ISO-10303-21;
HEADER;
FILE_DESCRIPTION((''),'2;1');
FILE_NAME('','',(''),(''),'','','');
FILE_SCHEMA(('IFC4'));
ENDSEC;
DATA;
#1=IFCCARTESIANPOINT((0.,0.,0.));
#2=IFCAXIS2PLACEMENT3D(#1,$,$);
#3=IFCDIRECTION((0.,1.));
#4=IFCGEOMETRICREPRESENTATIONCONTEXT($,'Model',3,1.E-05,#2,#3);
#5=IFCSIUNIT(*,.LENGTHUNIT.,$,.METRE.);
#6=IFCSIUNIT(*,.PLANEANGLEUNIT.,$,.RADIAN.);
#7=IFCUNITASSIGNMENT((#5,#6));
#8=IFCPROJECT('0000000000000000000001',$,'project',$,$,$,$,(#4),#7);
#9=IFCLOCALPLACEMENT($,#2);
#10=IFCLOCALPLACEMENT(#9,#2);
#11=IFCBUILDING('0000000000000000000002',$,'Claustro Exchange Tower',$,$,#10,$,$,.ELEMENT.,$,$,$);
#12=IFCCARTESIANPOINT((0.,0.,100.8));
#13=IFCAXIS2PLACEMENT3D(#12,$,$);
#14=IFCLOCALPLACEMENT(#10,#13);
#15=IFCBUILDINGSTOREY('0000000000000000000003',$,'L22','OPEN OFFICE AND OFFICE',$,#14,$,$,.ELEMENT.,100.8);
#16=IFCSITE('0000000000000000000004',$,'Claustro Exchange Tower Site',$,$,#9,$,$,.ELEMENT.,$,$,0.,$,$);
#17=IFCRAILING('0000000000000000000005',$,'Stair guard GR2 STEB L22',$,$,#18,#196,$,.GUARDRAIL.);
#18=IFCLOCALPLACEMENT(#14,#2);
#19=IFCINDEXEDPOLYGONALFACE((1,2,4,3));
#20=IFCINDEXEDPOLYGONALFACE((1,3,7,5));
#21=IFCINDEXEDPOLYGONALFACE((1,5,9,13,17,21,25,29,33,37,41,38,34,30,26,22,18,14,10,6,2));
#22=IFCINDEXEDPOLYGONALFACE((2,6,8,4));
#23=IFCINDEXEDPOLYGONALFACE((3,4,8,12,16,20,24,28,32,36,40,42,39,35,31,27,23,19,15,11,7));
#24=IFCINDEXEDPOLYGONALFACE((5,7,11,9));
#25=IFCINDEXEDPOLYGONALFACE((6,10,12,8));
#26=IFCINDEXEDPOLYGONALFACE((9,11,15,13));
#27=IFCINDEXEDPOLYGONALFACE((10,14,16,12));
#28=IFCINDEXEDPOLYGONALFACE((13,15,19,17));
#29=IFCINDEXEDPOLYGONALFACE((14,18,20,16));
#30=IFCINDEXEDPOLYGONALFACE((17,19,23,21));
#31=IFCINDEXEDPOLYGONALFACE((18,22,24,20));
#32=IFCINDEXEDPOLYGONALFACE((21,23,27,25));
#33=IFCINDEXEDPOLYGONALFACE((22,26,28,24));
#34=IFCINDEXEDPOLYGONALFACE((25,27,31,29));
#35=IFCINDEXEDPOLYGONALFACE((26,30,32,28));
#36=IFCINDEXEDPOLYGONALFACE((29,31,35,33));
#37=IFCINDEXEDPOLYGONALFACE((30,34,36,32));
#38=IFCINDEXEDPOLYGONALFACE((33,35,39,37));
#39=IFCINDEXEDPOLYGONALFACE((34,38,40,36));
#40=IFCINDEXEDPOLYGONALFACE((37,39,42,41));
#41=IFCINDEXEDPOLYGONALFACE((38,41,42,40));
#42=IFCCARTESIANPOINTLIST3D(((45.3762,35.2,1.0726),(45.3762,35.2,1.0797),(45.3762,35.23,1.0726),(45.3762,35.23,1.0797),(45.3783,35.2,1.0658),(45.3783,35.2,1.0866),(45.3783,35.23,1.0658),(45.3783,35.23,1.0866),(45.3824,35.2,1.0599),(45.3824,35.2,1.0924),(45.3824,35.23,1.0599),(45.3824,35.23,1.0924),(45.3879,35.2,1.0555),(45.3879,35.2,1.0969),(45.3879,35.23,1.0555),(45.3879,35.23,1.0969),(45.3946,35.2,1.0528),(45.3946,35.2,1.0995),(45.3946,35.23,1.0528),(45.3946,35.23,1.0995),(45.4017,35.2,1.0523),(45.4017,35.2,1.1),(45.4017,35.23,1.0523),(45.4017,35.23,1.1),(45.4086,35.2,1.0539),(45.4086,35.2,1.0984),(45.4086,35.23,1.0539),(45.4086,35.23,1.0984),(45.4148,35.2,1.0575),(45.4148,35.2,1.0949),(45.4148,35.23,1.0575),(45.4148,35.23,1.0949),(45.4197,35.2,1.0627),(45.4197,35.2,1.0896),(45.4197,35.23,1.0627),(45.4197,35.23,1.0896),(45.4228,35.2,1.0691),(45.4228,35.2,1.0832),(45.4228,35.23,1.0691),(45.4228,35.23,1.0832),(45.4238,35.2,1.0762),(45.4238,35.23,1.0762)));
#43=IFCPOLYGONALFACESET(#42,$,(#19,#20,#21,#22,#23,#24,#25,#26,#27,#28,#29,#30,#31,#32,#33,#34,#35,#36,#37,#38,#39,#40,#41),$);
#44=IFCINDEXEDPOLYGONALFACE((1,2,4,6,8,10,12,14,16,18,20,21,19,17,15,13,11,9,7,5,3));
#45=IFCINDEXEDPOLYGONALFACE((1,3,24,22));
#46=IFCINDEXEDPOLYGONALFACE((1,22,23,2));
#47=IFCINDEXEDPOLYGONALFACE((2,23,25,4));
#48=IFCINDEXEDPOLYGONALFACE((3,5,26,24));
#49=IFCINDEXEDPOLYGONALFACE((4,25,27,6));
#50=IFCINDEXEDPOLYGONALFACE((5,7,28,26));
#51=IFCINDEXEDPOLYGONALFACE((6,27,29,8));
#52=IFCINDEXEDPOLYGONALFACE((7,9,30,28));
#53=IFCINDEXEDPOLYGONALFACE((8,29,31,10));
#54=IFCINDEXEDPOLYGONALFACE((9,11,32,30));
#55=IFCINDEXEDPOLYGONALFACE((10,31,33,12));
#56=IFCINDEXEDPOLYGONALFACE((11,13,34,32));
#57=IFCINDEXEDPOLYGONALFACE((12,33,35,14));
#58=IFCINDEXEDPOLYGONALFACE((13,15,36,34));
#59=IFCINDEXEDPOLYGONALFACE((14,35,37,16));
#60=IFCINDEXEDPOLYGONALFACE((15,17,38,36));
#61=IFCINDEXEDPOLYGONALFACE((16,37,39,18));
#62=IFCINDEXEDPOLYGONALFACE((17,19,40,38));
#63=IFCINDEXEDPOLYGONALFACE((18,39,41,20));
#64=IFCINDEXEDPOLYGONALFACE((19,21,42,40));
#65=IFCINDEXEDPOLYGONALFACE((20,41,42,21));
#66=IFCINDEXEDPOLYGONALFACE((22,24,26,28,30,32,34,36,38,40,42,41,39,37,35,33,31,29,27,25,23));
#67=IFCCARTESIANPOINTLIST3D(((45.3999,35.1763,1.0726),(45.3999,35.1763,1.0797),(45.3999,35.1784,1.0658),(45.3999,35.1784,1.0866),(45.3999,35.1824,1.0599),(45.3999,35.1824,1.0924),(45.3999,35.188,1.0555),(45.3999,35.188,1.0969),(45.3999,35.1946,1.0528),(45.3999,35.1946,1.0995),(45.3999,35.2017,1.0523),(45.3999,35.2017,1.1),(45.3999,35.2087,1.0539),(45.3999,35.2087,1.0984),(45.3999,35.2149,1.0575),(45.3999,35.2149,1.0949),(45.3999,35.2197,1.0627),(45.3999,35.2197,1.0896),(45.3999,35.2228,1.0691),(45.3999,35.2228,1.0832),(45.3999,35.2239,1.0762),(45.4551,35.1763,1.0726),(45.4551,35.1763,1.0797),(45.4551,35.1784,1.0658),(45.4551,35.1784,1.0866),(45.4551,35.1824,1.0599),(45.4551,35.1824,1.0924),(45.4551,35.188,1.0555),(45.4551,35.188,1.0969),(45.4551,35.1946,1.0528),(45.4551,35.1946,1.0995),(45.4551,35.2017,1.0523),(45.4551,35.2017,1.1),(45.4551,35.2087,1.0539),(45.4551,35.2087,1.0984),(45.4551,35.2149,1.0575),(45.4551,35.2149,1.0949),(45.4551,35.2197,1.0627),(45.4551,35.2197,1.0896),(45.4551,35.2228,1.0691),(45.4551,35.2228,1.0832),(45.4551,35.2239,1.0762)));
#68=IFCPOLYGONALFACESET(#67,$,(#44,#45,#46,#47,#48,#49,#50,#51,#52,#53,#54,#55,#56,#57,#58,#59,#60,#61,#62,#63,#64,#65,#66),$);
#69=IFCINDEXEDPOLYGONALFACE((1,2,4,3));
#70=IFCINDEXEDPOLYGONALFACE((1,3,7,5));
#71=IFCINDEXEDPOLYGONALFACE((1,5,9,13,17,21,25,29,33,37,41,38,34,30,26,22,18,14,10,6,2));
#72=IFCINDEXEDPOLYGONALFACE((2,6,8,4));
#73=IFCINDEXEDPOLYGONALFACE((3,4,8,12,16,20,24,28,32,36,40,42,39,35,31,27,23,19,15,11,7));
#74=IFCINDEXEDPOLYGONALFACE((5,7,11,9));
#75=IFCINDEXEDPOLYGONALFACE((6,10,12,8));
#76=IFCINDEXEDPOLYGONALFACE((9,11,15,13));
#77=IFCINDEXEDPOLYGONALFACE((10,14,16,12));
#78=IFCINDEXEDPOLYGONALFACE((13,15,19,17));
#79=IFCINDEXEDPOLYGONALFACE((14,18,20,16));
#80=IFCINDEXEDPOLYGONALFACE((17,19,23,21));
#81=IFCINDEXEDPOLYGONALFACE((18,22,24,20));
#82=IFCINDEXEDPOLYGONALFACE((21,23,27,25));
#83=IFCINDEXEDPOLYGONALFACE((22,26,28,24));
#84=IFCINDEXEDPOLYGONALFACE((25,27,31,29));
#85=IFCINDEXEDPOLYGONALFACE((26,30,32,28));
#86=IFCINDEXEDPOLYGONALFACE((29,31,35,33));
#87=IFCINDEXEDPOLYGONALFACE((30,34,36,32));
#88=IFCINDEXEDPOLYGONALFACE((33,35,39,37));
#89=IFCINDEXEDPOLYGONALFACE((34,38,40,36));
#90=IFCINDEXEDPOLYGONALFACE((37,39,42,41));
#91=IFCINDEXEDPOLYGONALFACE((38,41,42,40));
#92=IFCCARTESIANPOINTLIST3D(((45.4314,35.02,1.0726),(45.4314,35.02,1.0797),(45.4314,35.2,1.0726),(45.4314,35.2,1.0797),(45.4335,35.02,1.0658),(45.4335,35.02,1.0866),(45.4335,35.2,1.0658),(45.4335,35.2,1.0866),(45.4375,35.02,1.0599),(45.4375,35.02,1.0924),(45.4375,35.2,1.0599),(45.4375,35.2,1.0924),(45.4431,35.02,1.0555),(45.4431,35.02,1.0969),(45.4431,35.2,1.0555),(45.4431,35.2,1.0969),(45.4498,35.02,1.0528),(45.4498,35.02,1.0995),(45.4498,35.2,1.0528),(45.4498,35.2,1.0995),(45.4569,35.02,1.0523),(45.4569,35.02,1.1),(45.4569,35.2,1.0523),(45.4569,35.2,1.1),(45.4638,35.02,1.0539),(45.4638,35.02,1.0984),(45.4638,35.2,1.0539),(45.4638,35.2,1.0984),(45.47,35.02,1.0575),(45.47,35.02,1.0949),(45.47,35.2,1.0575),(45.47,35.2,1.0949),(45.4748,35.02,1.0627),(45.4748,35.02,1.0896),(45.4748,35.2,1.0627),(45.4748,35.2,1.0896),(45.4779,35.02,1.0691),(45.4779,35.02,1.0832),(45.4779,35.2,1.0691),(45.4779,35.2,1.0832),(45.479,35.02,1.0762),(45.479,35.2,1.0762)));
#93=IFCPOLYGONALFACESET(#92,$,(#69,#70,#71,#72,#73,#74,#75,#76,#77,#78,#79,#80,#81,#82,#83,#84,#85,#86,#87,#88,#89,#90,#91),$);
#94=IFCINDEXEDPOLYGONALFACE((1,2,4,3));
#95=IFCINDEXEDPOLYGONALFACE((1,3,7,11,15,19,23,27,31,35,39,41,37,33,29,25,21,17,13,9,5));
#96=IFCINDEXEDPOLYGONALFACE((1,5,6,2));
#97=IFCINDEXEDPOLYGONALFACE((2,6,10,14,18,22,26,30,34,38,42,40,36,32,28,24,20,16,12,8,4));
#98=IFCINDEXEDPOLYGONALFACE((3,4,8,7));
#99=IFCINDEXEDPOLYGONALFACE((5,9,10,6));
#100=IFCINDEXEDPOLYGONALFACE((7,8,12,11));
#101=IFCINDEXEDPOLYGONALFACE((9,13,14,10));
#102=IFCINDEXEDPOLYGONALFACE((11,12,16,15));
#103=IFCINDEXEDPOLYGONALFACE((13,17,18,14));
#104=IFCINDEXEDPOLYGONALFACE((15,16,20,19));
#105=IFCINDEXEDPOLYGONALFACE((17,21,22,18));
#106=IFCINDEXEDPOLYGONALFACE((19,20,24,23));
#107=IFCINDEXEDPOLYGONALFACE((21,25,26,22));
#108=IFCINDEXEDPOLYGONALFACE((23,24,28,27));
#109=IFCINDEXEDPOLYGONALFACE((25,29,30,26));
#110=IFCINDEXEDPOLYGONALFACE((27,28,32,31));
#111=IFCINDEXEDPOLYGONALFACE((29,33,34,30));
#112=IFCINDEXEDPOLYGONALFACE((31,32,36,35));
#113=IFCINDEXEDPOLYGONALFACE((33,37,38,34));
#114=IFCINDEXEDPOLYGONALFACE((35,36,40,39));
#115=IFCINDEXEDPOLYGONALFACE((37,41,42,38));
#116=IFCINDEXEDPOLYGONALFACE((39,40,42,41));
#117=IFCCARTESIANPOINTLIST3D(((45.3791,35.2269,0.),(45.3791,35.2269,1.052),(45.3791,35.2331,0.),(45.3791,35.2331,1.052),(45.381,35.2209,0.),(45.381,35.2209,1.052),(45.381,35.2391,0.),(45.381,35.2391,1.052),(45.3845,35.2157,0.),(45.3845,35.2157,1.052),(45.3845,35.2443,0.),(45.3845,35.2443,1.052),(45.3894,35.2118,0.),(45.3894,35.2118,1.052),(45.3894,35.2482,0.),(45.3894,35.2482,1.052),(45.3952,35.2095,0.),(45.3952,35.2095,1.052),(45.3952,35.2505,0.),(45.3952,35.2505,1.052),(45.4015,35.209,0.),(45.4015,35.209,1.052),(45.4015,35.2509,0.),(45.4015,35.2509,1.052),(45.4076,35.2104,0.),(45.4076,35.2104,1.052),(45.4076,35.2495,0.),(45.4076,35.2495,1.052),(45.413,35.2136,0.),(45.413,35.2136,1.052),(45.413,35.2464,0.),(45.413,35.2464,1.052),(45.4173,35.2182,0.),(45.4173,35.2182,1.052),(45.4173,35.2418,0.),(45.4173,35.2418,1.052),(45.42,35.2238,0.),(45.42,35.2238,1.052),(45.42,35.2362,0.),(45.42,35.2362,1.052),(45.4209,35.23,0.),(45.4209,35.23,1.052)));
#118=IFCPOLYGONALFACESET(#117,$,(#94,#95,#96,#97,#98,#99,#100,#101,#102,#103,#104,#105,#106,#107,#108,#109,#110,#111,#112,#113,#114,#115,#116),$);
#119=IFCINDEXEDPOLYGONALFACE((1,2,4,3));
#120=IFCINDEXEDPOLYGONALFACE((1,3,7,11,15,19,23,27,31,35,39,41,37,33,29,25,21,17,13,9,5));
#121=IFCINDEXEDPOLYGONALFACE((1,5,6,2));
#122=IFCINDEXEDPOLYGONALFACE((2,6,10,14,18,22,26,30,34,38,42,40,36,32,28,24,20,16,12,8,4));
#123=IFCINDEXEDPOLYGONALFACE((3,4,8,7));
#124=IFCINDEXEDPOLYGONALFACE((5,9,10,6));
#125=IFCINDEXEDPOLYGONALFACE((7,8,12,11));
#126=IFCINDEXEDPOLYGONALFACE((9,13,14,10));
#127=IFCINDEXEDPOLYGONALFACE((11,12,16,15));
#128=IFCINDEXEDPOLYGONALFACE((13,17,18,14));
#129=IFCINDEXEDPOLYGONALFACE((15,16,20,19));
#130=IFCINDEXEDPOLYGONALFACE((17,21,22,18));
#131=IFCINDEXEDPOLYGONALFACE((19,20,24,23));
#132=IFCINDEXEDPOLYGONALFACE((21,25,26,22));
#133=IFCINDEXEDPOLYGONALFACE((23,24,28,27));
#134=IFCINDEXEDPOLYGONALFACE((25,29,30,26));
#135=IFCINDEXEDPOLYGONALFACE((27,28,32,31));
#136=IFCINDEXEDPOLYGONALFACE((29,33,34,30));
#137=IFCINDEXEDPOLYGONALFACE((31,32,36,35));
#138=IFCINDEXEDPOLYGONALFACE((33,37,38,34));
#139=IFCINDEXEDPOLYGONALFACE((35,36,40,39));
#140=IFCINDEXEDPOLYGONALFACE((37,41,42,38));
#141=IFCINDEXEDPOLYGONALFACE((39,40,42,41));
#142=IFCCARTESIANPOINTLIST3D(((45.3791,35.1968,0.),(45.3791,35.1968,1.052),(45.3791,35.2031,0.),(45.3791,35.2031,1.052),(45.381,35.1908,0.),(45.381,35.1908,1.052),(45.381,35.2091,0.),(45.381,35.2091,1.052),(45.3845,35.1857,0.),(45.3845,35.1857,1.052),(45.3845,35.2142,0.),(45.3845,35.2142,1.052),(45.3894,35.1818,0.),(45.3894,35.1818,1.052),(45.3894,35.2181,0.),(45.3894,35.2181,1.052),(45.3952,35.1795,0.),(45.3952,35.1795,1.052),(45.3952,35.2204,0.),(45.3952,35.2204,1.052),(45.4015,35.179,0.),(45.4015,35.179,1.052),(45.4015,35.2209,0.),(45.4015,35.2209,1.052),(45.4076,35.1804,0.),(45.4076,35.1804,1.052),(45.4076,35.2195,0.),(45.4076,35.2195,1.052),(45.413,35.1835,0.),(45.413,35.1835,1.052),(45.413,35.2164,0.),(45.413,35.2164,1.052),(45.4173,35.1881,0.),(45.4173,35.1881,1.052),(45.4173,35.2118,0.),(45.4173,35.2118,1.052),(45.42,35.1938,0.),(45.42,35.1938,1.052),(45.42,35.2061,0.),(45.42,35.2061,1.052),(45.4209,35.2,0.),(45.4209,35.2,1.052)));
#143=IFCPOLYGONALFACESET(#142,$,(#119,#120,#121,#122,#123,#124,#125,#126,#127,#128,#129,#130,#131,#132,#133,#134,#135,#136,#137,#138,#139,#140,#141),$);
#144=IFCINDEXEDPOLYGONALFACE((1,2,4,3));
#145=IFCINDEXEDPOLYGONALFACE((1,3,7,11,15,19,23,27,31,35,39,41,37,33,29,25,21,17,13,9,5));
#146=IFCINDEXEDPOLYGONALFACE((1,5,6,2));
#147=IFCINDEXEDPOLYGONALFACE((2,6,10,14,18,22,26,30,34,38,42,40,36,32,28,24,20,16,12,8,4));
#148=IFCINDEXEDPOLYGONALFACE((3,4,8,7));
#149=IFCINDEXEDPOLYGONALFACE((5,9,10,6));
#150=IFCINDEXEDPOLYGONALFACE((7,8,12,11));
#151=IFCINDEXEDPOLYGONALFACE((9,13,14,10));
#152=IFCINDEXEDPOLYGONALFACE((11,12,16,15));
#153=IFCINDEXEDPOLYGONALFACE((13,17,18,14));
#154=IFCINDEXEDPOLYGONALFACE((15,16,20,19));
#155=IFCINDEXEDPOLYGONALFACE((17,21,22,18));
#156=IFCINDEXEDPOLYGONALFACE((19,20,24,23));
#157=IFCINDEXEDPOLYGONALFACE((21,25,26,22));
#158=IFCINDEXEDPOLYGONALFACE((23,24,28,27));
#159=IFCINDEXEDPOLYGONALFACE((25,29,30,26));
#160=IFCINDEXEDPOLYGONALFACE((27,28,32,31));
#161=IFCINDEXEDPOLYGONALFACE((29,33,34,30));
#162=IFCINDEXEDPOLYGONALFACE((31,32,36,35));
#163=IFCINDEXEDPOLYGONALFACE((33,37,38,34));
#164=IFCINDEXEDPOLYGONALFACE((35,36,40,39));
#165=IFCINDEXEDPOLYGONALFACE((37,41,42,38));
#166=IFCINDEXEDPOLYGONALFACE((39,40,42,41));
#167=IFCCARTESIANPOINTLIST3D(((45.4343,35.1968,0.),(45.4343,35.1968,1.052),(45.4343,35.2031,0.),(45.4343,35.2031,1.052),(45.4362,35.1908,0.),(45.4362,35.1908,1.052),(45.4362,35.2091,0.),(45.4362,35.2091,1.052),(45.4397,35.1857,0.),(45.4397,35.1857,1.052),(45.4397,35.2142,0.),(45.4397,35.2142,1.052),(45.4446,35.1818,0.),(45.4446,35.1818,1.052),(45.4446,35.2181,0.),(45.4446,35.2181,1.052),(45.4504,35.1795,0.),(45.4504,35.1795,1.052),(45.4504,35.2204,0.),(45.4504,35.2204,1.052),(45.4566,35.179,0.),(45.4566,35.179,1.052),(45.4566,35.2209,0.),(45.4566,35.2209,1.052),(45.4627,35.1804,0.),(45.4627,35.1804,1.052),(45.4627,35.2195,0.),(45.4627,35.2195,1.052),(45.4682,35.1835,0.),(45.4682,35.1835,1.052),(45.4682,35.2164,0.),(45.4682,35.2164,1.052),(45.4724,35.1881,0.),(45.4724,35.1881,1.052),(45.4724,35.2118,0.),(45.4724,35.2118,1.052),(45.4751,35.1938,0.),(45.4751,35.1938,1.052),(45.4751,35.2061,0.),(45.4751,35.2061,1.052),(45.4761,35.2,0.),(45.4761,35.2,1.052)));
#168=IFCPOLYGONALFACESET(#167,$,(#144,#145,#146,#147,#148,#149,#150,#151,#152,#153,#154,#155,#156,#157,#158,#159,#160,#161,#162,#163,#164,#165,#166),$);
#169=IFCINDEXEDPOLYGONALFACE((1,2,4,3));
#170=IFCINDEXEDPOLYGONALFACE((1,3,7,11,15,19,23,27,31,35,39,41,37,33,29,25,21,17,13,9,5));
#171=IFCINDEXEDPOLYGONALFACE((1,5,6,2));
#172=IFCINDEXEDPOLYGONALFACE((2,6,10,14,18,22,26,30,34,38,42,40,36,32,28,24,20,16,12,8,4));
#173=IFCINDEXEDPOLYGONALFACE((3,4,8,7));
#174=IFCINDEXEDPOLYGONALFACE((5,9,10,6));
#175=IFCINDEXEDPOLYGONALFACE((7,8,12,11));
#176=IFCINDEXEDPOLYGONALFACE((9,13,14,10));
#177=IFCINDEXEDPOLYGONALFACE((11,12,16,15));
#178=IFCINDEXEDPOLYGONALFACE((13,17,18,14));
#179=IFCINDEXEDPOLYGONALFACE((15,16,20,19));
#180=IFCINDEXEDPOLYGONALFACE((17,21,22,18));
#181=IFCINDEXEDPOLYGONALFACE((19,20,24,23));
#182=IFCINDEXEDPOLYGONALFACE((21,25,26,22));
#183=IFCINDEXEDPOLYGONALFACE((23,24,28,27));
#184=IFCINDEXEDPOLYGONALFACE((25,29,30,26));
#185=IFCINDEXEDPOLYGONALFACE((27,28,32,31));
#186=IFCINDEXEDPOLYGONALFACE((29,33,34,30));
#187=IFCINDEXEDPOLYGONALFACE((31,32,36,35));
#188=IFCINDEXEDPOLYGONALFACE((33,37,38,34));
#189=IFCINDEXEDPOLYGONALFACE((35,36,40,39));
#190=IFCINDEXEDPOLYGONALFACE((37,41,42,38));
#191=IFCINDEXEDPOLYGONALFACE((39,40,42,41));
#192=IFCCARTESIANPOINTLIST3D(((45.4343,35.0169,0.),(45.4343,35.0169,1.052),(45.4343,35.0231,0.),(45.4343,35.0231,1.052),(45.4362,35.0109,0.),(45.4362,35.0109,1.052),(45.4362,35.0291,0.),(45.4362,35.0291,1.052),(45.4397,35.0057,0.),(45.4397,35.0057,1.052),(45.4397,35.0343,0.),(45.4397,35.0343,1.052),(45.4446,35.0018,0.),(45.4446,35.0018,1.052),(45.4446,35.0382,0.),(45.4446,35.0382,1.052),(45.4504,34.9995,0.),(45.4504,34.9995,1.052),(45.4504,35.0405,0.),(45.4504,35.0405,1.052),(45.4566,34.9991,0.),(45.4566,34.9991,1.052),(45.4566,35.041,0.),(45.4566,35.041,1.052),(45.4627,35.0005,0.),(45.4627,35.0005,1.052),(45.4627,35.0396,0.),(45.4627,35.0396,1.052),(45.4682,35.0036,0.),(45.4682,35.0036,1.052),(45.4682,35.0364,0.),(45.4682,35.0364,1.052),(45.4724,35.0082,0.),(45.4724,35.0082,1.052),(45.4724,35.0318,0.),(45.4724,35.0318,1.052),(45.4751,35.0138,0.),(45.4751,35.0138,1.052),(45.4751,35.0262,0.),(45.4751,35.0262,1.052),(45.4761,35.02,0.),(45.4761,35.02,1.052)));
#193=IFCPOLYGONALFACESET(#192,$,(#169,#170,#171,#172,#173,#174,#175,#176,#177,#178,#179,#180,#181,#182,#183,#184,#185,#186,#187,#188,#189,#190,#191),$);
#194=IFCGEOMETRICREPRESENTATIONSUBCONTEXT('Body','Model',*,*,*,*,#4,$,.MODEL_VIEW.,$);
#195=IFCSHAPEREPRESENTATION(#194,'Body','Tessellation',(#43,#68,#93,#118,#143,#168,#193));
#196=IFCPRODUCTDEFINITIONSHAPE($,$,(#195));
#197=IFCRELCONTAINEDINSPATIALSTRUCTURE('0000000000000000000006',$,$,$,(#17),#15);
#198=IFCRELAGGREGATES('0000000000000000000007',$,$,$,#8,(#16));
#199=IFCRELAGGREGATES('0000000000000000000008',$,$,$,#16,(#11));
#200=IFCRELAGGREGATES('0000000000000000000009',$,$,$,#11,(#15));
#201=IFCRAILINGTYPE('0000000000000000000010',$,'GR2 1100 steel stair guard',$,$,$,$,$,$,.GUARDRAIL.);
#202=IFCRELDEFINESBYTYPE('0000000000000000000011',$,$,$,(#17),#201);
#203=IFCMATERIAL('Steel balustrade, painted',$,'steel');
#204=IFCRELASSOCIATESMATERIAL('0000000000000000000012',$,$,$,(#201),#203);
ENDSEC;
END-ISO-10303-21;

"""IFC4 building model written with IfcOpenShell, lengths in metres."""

from ifc_helpers import new_model, si_unit, direction, frame, origin, origin_2d, place, context, subcontext, project, spatial, circle, extrude, material, type_object, element, save


model = new_model("IFC4")

# Units and contexts
model_context = context("Model", 3, precision=1e-05, world=origin(), true_north=direction((0.0, 1.0)))
body_context = subcontext(model_context, "Body", "Model", "MODEL_VIEW")
ifc_project = project(units=[si_unit("LENGTHUNIT", "METRE"), si_unit("PLANEANGLEUNIT", "RADIAN")], contexts=[model_context])

# Site, building, storey
site_placement = place(None, origin())
site = spatial("IfcSite", under=ifc_project, at=site_placement, Name="Claustro Exchange Tower Site", CompositionType="ELEMENT", RefElevation=0.0)
building_placement = place(site_placement, origin())
building = spatial("IfcBuilding", under=site, at=building_placement, Name="Claustro Exchange Tower", CompositionType="ELEMENT")
storey_placement = place(building_placement, frame((0.0, 0.0, 100.8)))
storey = spatial("IfcBuildingStorey", under=building, at=storey_placement, Name="L22", Description="OPEN OFFICE AND OFFICE", CompositionType="ELEMENT", Elevation=100.8)

# Railing
ifc_material_1 = material(Name="Steel balustrade, painted", Category="steel")
railing_type_1 = type_object("IfcRailingType", Name="GR2 1100 steel stair guard", PredefinedType="GUARDRAIL", material=ifc_material_1)
railing_1_placement = place(storey_placement, frame((45.3999, 35.23, 0.0)))
element("IfcRailing", 1, at=railing_1_placement, inside=storey, type_object=railing_type_1, Name="Stair guard GR2 STEB L22", PredefinedType="GUARDRAIL", context=body_context, shape_type="SweptSolid", body=[
    extrude(circle(Radius=0.0239, at=origin_2d()), frame((0.0, 0.0, 1.0762), z_axis=(0.0, -1.0, 0.0), x_axis=(1.0, 0.0, 0.0)), (0.0, 0.0, 1.0), 0.03),
    extrude(circle(Radius=0.0239, at=origin_2d()), frame((0.0, -0.03, 1.0762), z_axis=(1.0, 0.0, 0.0), x_axis=(0.0, 1.0, 0.0)), (0.0, 0.0, 1.0), 0.0552),
    extrude(circle(Radius=0.0239, at=origin_2d()), frame((0.0552, -0.03, 1.0762), z_axis=(0.0, -1.0, 0.0), x_axis=(1.0, 0.0, 0.0)), (0.0, 0.0, 1.0), 0.1799),
    extrude(circle(Radius=0.021, at=origin_2d()), origin(), (0.0, 0.0, 1.0), 1.052),
    extrude(circle(Radius=0.021, at=origin_2d()), frame((0.0, -0.03, 0.0)), (0.0, 0.0, 1.0), 1.052),
    extrude(circle(Radius=0.021, at=origin_2d()), frame((0.0552, -0.03, 0.0)), (0.0, 0.0, 1.0), 1.052),
    extrude(circle(Radius=0.021, at=origin_2d()), frame((0.0552, -0.21, 0.0)), (0.0, 0.0, 1.0), 1.052),
])

save(model, "model.ifc")
